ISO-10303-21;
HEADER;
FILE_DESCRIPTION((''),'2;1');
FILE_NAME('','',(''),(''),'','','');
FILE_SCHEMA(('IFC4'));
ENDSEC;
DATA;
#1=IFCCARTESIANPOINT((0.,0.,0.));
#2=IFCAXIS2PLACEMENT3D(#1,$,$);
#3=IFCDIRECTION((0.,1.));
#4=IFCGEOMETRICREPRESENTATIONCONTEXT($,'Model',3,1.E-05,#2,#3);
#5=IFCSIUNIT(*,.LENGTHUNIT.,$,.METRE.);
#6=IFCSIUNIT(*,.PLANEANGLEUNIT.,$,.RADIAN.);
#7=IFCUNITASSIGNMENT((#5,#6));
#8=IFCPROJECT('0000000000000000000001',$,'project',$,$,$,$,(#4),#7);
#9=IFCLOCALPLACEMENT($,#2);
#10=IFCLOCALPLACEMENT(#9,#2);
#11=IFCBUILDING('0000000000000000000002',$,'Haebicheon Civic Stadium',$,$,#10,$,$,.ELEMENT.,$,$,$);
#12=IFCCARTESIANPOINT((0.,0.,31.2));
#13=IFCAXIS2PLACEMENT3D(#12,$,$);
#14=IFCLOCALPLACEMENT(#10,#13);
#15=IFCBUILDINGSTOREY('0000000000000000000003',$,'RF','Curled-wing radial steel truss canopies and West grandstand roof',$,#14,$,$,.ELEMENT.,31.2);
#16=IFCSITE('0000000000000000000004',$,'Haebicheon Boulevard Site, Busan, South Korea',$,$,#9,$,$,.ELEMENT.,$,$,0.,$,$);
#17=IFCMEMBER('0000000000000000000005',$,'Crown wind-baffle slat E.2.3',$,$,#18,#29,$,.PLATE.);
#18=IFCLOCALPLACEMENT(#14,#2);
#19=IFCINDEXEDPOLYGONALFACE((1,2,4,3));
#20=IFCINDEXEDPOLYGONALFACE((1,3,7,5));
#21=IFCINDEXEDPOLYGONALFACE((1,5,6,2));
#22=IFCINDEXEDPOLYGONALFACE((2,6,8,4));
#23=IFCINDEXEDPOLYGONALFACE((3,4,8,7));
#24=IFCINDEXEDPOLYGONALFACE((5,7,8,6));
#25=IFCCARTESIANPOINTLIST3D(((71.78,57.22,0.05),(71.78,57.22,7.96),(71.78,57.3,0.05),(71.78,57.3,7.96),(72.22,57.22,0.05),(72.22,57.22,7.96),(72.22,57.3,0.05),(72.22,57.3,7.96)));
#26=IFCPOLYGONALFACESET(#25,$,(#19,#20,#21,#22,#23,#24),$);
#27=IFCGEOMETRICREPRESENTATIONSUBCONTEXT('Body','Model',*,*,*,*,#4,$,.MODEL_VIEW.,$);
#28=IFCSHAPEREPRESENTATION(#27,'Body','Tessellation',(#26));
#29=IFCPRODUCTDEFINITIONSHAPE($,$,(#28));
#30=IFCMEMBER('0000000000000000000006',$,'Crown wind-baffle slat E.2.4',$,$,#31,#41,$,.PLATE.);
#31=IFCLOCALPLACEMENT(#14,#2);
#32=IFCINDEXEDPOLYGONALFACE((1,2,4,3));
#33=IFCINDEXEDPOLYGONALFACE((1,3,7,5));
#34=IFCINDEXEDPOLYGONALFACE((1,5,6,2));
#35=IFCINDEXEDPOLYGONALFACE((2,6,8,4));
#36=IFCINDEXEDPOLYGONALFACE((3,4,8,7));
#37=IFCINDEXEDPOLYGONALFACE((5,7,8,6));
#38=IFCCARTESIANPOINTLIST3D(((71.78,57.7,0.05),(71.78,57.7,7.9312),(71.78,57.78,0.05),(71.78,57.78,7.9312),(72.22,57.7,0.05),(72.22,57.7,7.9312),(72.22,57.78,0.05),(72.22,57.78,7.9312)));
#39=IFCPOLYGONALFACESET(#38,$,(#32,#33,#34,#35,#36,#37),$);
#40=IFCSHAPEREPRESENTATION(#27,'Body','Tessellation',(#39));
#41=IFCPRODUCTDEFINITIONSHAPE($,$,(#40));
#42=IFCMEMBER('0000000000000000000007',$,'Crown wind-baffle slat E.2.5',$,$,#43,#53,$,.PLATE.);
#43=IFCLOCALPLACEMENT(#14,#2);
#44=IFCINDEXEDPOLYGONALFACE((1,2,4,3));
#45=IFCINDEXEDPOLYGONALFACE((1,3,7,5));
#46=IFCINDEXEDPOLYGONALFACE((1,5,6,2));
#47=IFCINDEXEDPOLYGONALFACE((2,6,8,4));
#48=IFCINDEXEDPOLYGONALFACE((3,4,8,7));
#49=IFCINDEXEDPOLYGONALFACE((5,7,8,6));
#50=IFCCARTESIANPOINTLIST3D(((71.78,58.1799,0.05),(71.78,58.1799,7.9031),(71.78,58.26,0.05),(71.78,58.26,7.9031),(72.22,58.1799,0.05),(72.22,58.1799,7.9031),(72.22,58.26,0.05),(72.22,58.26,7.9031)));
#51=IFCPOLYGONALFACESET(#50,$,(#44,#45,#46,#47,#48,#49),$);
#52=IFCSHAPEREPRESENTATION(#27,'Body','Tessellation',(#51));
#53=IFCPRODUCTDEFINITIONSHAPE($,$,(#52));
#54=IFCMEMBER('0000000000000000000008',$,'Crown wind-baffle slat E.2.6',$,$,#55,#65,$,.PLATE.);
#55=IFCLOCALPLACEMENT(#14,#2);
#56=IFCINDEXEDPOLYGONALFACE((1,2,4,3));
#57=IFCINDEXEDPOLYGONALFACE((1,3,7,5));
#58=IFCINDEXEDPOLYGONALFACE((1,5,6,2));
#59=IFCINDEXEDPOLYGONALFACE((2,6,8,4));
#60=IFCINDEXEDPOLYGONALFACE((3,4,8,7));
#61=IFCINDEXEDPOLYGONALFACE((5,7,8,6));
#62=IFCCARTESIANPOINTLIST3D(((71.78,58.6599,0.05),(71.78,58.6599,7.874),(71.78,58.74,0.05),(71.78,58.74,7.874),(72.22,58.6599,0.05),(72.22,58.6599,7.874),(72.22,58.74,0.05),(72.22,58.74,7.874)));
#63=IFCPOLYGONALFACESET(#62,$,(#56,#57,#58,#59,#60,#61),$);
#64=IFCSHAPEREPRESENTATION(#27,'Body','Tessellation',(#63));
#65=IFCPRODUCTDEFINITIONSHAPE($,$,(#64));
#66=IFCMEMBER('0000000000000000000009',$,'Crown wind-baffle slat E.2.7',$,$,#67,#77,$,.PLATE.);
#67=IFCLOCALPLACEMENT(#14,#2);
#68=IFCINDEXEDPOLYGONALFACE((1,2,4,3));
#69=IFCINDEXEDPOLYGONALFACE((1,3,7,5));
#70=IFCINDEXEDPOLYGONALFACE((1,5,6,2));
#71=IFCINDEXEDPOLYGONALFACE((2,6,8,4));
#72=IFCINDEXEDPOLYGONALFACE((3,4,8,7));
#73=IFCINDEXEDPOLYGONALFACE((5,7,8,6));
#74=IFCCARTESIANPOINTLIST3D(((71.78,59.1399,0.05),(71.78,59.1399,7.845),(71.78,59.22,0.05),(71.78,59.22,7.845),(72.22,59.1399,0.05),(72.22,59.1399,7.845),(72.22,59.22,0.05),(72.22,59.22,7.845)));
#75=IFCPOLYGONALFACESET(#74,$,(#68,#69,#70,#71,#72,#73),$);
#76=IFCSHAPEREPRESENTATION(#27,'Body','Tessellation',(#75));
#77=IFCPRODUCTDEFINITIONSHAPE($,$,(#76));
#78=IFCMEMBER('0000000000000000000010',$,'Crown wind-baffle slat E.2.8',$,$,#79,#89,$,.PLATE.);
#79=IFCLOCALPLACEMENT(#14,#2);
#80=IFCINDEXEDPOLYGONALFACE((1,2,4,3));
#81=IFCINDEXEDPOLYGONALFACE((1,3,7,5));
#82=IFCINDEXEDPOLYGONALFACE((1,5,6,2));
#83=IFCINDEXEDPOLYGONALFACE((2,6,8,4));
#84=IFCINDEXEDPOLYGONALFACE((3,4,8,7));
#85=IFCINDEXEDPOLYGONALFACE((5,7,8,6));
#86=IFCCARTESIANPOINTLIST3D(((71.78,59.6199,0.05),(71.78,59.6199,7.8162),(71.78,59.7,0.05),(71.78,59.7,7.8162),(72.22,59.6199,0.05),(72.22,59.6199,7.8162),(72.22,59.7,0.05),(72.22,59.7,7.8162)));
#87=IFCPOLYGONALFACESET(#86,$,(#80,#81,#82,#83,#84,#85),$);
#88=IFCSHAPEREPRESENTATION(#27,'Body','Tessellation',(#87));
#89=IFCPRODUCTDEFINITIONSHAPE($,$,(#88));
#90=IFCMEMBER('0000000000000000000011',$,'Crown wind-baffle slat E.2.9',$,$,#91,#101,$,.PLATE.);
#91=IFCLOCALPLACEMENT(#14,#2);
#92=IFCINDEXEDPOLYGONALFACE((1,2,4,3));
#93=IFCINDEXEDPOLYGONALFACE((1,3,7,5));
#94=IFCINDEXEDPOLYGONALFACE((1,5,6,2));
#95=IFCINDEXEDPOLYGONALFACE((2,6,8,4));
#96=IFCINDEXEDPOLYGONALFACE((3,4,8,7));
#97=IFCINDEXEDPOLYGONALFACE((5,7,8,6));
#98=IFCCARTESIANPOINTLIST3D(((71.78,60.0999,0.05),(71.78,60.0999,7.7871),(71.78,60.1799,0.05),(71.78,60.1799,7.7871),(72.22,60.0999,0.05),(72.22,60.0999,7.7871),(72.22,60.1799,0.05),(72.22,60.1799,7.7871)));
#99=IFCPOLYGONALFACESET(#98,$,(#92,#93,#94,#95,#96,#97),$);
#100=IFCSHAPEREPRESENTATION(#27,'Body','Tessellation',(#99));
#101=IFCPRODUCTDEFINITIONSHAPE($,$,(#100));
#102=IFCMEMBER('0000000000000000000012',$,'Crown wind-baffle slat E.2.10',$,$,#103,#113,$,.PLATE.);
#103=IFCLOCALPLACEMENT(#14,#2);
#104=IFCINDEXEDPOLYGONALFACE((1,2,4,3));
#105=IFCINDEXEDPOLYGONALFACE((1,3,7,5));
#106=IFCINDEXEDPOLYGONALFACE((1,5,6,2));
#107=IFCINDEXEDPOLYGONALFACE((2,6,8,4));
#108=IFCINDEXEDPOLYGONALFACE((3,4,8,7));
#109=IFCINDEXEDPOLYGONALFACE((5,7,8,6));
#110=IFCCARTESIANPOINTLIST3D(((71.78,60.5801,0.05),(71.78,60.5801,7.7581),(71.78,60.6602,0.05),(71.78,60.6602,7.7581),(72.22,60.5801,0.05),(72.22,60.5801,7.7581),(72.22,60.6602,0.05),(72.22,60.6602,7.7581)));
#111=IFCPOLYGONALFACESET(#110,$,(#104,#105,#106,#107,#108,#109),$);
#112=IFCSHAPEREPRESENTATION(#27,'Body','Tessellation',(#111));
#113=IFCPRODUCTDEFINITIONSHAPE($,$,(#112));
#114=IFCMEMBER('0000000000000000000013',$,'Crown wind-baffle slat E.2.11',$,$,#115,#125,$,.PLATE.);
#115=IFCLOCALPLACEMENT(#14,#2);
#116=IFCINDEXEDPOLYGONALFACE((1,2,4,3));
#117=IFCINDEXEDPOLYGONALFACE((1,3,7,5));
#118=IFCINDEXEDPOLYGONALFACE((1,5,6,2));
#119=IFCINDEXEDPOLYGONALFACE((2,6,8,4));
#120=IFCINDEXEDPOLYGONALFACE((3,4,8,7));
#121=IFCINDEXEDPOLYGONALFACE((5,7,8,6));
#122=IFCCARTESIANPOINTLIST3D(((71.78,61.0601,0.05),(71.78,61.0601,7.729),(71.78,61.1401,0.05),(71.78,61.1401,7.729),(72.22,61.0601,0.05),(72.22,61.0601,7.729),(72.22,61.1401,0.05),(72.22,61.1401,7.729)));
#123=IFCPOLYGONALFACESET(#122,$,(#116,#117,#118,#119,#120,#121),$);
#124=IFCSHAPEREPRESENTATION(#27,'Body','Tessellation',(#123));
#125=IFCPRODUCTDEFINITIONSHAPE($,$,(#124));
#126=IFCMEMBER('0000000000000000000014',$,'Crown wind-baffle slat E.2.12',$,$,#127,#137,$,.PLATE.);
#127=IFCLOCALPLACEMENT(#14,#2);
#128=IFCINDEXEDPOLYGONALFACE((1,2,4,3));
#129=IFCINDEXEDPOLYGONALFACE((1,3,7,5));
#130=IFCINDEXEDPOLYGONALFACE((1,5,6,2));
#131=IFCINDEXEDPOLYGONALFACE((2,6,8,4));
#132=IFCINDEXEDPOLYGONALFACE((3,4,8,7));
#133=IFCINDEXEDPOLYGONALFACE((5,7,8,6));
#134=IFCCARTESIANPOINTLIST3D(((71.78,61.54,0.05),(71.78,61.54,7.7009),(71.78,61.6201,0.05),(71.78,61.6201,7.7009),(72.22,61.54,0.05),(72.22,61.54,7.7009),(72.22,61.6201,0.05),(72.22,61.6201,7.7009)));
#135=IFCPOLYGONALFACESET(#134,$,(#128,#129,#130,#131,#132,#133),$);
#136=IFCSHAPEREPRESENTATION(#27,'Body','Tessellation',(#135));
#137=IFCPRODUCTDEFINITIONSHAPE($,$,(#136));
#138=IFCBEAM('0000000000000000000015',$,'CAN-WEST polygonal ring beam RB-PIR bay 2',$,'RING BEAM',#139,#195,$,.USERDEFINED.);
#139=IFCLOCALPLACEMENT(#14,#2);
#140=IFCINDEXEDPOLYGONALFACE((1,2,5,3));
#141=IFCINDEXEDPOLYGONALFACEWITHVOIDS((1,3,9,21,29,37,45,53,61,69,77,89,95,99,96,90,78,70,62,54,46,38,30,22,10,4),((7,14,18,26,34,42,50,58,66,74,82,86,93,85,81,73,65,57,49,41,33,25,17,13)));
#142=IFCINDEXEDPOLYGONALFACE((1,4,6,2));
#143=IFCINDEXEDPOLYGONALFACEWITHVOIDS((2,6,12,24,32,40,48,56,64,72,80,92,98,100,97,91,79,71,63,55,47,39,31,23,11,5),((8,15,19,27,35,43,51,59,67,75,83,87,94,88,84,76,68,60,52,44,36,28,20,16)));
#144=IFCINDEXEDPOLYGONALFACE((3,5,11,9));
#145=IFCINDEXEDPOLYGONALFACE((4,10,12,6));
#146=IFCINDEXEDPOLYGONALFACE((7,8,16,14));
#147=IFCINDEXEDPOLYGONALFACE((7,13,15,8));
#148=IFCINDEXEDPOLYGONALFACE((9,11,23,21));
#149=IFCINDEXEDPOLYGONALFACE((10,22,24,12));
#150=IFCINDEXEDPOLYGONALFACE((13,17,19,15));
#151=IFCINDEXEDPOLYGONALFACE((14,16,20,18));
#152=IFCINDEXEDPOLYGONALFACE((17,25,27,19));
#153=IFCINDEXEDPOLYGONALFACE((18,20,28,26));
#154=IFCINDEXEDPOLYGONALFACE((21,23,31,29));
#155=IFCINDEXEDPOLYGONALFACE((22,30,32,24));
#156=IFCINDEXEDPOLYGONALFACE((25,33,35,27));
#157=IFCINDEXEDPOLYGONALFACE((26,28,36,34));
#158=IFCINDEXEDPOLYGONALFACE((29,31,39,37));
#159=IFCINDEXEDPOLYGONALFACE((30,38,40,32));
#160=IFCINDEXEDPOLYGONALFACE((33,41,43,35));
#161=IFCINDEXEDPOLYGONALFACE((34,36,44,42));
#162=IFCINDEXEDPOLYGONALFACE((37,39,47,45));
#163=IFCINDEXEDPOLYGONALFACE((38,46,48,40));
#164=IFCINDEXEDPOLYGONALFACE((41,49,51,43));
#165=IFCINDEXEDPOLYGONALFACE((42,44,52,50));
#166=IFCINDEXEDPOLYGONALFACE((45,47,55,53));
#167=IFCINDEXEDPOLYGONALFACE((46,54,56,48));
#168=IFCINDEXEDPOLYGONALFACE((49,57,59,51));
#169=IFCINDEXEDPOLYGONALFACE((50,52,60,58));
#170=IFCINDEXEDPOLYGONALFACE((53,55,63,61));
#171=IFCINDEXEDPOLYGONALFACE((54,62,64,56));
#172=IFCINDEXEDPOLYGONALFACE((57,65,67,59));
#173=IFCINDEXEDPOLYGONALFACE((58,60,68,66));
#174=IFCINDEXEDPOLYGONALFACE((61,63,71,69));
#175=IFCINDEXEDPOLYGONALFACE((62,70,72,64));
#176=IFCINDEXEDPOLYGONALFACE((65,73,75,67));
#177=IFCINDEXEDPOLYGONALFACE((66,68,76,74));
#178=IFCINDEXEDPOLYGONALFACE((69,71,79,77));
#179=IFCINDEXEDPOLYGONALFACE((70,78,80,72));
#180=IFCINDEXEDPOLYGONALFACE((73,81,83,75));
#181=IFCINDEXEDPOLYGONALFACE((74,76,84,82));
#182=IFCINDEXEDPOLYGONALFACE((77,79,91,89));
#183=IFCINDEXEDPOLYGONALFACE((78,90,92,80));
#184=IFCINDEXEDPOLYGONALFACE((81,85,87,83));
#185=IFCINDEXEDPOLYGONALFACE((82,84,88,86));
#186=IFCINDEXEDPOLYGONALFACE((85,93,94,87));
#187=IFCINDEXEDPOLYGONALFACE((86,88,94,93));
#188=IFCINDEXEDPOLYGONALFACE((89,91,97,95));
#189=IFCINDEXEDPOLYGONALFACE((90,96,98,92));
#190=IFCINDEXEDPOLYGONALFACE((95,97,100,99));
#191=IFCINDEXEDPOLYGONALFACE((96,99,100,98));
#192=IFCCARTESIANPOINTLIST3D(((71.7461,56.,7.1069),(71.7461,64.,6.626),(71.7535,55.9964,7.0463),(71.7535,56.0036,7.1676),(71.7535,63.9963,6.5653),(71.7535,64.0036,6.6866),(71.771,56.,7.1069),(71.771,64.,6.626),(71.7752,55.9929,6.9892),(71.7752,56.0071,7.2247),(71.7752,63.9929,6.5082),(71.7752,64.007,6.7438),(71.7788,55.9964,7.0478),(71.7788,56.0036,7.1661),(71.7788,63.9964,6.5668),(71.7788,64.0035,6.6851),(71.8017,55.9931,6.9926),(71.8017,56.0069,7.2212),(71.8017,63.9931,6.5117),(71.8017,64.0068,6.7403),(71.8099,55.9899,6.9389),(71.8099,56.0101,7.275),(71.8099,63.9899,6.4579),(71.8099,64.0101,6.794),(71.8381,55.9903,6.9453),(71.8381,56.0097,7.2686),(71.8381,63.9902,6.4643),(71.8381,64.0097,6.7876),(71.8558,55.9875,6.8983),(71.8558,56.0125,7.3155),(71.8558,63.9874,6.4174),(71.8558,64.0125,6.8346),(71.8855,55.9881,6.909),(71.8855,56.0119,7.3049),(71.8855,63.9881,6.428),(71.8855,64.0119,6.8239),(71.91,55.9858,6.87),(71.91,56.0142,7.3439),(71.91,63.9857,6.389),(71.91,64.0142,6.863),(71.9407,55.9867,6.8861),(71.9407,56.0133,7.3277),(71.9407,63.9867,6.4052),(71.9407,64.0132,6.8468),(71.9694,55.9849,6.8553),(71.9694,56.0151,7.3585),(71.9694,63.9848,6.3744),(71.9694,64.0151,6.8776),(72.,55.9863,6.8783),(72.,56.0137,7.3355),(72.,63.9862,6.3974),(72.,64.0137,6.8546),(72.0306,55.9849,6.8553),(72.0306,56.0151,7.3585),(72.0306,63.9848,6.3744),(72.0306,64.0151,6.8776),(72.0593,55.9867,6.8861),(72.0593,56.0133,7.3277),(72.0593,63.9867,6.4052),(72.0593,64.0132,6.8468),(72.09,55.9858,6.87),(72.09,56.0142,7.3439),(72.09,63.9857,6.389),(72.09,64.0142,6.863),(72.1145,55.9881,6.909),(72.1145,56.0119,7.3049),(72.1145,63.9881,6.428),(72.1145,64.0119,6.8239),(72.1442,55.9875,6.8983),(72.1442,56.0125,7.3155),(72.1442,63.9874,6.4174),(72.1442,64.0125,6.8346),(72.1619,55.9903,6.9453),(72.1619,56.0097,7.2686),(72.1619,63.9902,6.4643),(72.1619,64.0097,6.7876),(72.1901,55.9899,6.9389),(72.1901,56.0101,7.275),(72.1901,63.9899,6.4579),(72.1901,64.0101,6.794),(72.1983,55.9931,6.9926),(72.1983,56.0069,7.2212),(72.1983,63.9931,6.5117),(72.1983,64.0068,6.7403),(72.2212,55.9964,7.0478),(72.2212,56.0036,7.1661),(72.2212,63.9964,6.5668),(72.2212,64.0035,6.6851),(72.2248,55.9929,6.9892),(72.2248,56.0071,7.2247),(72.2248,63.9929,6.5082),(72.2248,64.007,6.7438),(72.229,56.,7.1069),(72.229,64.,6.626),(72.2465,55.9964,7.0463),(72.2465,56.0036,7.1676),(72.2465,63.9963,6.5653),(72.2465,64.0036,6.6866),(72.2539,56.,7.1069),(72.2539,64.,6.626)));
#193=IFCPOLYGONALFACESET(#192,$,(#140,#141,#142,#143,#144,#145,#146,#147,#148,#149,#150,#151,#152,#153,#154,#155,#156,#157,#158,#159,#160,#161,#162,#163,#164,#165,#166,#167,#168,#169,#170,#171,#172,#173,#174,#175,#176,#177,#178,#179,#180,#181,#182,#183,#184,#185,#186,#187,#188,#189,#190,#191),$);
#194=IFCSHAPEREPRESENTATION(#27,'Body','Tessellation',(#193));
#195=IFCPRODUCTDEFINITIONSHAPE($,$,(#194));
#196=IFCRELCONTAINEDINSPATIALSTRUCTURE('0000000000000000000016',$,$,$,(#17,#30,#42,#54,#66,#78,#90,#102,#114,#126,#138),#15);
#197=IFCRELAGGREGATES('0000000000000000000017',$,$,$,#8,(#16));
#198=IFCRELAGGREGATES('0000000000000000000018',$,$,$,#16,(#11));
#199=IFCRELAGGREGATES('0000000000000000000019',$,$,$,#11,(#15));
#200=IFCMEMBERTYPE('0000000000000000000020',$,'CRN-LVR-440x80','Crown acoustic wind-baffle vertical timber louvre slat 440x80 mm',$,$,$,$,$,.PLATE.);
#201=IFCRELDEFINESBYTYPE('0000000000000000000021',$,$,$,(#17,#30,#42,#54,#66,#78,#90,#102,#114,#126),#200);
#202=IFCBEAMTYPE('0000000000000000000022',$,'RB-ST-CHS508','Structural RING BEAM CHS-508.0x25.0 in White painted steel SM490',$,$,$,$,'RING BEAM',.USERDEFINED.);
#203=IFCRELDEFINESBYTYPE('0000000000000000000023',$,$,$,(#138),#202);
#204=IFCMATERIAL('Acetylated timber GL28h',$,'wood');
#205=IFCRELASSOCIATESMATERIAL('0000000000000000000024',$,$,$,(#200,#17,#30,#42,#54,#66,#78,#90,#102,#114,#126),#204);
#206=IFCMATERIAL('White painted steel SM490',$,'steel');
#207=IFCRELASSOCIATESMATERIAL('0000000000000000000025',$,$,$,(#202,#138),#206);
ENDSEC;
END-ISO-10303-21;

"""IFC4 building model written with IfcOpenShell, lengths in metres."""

from ifc_helpers import new_model, si_unit, direction, frame, origin, origin_2d, place, context, subcontext, project, spatial, rectangle, hollow_circle, extrude, material, material_profile, profile_set, type_object, element, save


model = new_model("IFC4")

# Units and contexts
model_context = context("Model", 3, precision=1e-05, world=origin(), true_north=direction((0.0, 1.0)))
body_context = subcontext(model_context, "Body", "Model", "MODEL_VIEW")
ifc_project = project(units=[si_unit("LENGTHUNIT", "METRE"), si_unit("PLANEANGLEUNIT", "RADIAN")], contexts=[model_context])

# Site, building, storey
site_placement = place(None, origin())
site = spatial("IfcSite", under=ifc_project, at=site_placement, Name="Haebicheon Boulevard Site, Busan, South Korea", CompositionType="ELEMENT", RefElevation=0.0)
building_placement = place(site_placement, origin())
building = spatial("IfcBuilding", under=site, at=building_placement, Name="Haebicheon Civic Stadium", CompositionType="ELEMENT")
storey_placement = place(building_placement, frame((0.0, 0.0, 31.2)))
storey = spatial("IfcBuildingStorey", under=building, at=storey_placement, Name="RF", Description="Curled-wing radial steel truss canopies and West grandstand roof", CompositionType="ELEMENT", Elevation=31.2)

# Members
ifc_material_1 = material(Name="Acetylated timber GL28h", Category="wood")
ifc_material_profile_1 = material_profile(ifc_material_1, rectangle(XDim=0.0801, YDim=0.4399, at=origin_2d()), Name="TMB-LOUV-80x440")
ifc_profile_set_1 = profile_set([ifc_material_profile_1], Name="Acetylated timber GL28h")
member_type_1 = type_object("IfcMemberType", Name="CRN-LVR-440x80", Description="Crown acoustic wind-baffle vertical timber louvre slat 440x80 mm", PredefinedType="PLATE", material=ifc_profile_set_1)
member_1_placement = place(storey_placement, frame((72.0, 57.26, 0.05), z_axis=(0.0, 0.0, 1.0), x_axis=(0.0, 1.0, 0.0)))
element("IfcMember", 1, at=member_1_placement, inside=storey, type_object=member_type_1, material=ifc_profile_set_1, Name="Crown wind-baffle slat E.2.3", PredefinedType="PLATE", context=body_context, shape_type="SweptSolid", body=[
    extrude(rectangle(XDim=0.0801, YDim=0.4399, at=origin_2d()), origin(), (0.0, 0.0, 1.0), 7.9099),
])
member_2_placement = place(storey_placement, frame((72.0, 57.74, 0.05), z_axis=(0.0, 0.0, 1.0), x_axis=(0.0, 1.0, 0.0)))
element("IfcMember", 2, at=member_2_placement, inside=storey, type_object=member_type_1, material=ifc_profile_set_1, Name="Crown wind-baffle slat E.2.4", PredefinedType="PLATE", context=body_context, shape_type="SweptSolid", body=[
    extrude(rectangle(XDim=0.0801, YDim=0.4399, at=origin_2d()), origin(), (0.0, 0.0, 1.0), 7.8811),
])
member_3_placement = place(storey_placement, frame((72.0, 58.22, 0.05), z_axis=(0.0, 0.0, 1.0), x_axis=(0.0, 1.0, 0.0)))
element("IfcMember", 3, at=member_3_placement, inside=storey, type_object=member_type_1, material=ifc_profile_set_1, Name="Crown wind-baffle slat E.2.5", PredefinedType="PLATE", context=body_context, shape_type="SweptSolid", body=[
    extrude(rectangle(XDim=0.0801, YDim=0.4399, at=origin_2d()), origin(), (0.0, 0.0, 1.0), 7.853),
])
member_4_placement = place(storey_placement, frame((72.0, 58.7, 0.05), z_axis=(0.0, 0.0, 1.0), x_axis=(0.0, 1.0, 0.0)))
element("IfcMember", 4, at=member_4_placement, inside=storey, type_object=member_type_1, material=ifc_profile_set_1, Name="Crown wind-baffle slat E.2.6", PredefinedType="PLATE", context=body_context, shape_type="SweptSolid", body=[
    extrude(rectangle(XDim=0.0801, YDim=0.4399, at=origin_2d()), origin(), (0.0, 0.0, 1.0), 7.824),
])
member_5_placement = place(storey_placement, frame((72.0, 59.1799, 0.05), z_axis=(0.0, 0.0, 1.0), x_axis=(0.0, 1.0, 0.0)))
element("IfcMember", 5, at=member_5_placement, inside=storey, type_object=member_type_1, material=ifc_profile_set_1, Name="Crown wind-baffle slat E.2.7", PredefinedType="PLATE", context=body_context, shape_type="SweptSolid", body=[
    extrude(rectangle(XDim=0.0801, YDim=0.4399, at=origin_2d()), origin(), (0.0, 0.0, 1.0), 7.7949),
])
member_6_placement = place(storey_placement, frame((72.0, 59.6599, 0.05), z_axis=(0.0, 0.0, 1.0), x_axis=(0.0, 1.0, 0.0)))
element("IfcMember", 6, at=member_6_placement, inside=storey, type_object=member_type_1, material=ifc_profile_set_1, Name="Crown wind-baffle slat E.2.8", PredefinedType="PLATE", context=body_context, shape_type="SweptSolid", body=[
    extrude(rectangle(XDim=0.0801, YDim=0.4399, at=origin_2d()), origin(), (0.0, 0.0, 1.0), 7.7661),
])
member_7_placement = place(storey_placement, frame((72.0, 60.1399, 0.05), z_axis=(0.0, 0.0, 1.0), x_axis=(0.0, 1.0, 0.0)))
element("IfcMember", 7, at=member_7_placement, inside=storey, type_object=member_type_1, material=ifc_profile_set_1, Name="Crown wind-baffle slat E.2.9", PredefinedType="PLATE", context=body_context, shape_type="SweptSolid", body=[
    extrude(rectangle(XDim=0.0801, YDim=0.4399, at=origin_2d()), origin(), (0.0, 0.0, 1.0), 7.7371),
])
member_8_placement = place(storey_placement, frame((72.0, 60.6201, 0.05), z_axis=(0.0, 0.0, 1.0), x_axis=(0.0, 1.0, 0.0)))
element("IfcMember", 8, at=member_8_placement, inside=storey, type_object=member_type_1, material=ifc_profile_set_1, Name="Crown wind-baffle slat E.2.10", PredefinedType="PLATE", context=body_context, shape_type="SweptSolid", body=[
    extrude(rectangle(XDim=0.0801, YDim=0.4399, at=origin_2d()), origin(), (0.0, 0.0, 1.0), 7.708),
])
member_9_placement = place(storey_placement, frame((72.0, 61.1001, 0.05), z_axis=(0.0, 0.0, 1.0), x_axis=(0.0, 1.0, 0.0)))
element("IfcMember", 9, at=member_9_placement, inside=storey, type_object=member_type_1, material=ifc_profile_set_1, Name="Crown wind-baffle slat E.2.11", PredefinedType="PLATE", context=body_context, shape_type="SweptSolid", body=[
    extrude(rectangle(XDim=0.0801, YDim=0.4399, at=origin_2d()), origin(), (0.0, 0.0, 1.0), 7.679),
])
member_10_placement = place(storey_placement, frame((72.0, 61.5801, 0.05), z_axis=(0.0, 0.0, 1.0), x_axis=(0.0, 1.0, 0.0)))
element("IfcMember", 10, at=member_10_placement, inside=storey, type_object=member_type_1, material=ifc_profile_set_1, Name="Crown wind-baffle slat E.2.12", PredefinedType="PLATE", context=body_context, shape_type="SweptSolid", body=[
    extrude(rectangle(XDim=0.0801, YDim=0.4399, at=origin_2d()), origin(), (0.0, 0.0, 1.0), 7.6509),
])

# Beam
ifc_material_2 = material(Name="White painted steel SM490", Category="steel")
ifc_material_profile_2 = material_profile(ifc_material_2, hollow_circle(Radius=0.2539, WallThickness=0.0249, at=origin_2d()), Name="CHS-508.0x25.0")
ifc_profile_set_2 = profile_set([ifc_material_profile_2], Name="White painted steel SM490")
beam_type = type_object("IfcBeamType", Name="RB-ST-CHS508", Description="Structural RING BEAM CHS-508.0x25.0 in White painted steel SM490", ElementType="RING BEAM", PredefinedType="USERDEFINED", material=ifc_profile_set_2)
beam_placement = place(storey_placement, frame((72.0, 56.0, 7.1069), z_axis=(0.0, 0.998198, -0.060011), x_axis=(-1.0, 0.0, 0.0)))
element("IfcBeam", 11, at=beam_placement, inside=storey, type_object=beam_type, material=ifc_profile_set_2, Name="CAN-WEST polygonal ring beam RB-PIR bay 2", ObjectType="RING BEAM", PredefinedType="USERDEFINED", context=body_context, shape_type="SweptSolid", body=[
    extrude(hollow_circle(Radius=0.2539, WallThickness=0.0249, at=origin_2d()), origin(), (0.0, 0.0, 1.0), 8.0144),
])

save(model, "model.ifc")
